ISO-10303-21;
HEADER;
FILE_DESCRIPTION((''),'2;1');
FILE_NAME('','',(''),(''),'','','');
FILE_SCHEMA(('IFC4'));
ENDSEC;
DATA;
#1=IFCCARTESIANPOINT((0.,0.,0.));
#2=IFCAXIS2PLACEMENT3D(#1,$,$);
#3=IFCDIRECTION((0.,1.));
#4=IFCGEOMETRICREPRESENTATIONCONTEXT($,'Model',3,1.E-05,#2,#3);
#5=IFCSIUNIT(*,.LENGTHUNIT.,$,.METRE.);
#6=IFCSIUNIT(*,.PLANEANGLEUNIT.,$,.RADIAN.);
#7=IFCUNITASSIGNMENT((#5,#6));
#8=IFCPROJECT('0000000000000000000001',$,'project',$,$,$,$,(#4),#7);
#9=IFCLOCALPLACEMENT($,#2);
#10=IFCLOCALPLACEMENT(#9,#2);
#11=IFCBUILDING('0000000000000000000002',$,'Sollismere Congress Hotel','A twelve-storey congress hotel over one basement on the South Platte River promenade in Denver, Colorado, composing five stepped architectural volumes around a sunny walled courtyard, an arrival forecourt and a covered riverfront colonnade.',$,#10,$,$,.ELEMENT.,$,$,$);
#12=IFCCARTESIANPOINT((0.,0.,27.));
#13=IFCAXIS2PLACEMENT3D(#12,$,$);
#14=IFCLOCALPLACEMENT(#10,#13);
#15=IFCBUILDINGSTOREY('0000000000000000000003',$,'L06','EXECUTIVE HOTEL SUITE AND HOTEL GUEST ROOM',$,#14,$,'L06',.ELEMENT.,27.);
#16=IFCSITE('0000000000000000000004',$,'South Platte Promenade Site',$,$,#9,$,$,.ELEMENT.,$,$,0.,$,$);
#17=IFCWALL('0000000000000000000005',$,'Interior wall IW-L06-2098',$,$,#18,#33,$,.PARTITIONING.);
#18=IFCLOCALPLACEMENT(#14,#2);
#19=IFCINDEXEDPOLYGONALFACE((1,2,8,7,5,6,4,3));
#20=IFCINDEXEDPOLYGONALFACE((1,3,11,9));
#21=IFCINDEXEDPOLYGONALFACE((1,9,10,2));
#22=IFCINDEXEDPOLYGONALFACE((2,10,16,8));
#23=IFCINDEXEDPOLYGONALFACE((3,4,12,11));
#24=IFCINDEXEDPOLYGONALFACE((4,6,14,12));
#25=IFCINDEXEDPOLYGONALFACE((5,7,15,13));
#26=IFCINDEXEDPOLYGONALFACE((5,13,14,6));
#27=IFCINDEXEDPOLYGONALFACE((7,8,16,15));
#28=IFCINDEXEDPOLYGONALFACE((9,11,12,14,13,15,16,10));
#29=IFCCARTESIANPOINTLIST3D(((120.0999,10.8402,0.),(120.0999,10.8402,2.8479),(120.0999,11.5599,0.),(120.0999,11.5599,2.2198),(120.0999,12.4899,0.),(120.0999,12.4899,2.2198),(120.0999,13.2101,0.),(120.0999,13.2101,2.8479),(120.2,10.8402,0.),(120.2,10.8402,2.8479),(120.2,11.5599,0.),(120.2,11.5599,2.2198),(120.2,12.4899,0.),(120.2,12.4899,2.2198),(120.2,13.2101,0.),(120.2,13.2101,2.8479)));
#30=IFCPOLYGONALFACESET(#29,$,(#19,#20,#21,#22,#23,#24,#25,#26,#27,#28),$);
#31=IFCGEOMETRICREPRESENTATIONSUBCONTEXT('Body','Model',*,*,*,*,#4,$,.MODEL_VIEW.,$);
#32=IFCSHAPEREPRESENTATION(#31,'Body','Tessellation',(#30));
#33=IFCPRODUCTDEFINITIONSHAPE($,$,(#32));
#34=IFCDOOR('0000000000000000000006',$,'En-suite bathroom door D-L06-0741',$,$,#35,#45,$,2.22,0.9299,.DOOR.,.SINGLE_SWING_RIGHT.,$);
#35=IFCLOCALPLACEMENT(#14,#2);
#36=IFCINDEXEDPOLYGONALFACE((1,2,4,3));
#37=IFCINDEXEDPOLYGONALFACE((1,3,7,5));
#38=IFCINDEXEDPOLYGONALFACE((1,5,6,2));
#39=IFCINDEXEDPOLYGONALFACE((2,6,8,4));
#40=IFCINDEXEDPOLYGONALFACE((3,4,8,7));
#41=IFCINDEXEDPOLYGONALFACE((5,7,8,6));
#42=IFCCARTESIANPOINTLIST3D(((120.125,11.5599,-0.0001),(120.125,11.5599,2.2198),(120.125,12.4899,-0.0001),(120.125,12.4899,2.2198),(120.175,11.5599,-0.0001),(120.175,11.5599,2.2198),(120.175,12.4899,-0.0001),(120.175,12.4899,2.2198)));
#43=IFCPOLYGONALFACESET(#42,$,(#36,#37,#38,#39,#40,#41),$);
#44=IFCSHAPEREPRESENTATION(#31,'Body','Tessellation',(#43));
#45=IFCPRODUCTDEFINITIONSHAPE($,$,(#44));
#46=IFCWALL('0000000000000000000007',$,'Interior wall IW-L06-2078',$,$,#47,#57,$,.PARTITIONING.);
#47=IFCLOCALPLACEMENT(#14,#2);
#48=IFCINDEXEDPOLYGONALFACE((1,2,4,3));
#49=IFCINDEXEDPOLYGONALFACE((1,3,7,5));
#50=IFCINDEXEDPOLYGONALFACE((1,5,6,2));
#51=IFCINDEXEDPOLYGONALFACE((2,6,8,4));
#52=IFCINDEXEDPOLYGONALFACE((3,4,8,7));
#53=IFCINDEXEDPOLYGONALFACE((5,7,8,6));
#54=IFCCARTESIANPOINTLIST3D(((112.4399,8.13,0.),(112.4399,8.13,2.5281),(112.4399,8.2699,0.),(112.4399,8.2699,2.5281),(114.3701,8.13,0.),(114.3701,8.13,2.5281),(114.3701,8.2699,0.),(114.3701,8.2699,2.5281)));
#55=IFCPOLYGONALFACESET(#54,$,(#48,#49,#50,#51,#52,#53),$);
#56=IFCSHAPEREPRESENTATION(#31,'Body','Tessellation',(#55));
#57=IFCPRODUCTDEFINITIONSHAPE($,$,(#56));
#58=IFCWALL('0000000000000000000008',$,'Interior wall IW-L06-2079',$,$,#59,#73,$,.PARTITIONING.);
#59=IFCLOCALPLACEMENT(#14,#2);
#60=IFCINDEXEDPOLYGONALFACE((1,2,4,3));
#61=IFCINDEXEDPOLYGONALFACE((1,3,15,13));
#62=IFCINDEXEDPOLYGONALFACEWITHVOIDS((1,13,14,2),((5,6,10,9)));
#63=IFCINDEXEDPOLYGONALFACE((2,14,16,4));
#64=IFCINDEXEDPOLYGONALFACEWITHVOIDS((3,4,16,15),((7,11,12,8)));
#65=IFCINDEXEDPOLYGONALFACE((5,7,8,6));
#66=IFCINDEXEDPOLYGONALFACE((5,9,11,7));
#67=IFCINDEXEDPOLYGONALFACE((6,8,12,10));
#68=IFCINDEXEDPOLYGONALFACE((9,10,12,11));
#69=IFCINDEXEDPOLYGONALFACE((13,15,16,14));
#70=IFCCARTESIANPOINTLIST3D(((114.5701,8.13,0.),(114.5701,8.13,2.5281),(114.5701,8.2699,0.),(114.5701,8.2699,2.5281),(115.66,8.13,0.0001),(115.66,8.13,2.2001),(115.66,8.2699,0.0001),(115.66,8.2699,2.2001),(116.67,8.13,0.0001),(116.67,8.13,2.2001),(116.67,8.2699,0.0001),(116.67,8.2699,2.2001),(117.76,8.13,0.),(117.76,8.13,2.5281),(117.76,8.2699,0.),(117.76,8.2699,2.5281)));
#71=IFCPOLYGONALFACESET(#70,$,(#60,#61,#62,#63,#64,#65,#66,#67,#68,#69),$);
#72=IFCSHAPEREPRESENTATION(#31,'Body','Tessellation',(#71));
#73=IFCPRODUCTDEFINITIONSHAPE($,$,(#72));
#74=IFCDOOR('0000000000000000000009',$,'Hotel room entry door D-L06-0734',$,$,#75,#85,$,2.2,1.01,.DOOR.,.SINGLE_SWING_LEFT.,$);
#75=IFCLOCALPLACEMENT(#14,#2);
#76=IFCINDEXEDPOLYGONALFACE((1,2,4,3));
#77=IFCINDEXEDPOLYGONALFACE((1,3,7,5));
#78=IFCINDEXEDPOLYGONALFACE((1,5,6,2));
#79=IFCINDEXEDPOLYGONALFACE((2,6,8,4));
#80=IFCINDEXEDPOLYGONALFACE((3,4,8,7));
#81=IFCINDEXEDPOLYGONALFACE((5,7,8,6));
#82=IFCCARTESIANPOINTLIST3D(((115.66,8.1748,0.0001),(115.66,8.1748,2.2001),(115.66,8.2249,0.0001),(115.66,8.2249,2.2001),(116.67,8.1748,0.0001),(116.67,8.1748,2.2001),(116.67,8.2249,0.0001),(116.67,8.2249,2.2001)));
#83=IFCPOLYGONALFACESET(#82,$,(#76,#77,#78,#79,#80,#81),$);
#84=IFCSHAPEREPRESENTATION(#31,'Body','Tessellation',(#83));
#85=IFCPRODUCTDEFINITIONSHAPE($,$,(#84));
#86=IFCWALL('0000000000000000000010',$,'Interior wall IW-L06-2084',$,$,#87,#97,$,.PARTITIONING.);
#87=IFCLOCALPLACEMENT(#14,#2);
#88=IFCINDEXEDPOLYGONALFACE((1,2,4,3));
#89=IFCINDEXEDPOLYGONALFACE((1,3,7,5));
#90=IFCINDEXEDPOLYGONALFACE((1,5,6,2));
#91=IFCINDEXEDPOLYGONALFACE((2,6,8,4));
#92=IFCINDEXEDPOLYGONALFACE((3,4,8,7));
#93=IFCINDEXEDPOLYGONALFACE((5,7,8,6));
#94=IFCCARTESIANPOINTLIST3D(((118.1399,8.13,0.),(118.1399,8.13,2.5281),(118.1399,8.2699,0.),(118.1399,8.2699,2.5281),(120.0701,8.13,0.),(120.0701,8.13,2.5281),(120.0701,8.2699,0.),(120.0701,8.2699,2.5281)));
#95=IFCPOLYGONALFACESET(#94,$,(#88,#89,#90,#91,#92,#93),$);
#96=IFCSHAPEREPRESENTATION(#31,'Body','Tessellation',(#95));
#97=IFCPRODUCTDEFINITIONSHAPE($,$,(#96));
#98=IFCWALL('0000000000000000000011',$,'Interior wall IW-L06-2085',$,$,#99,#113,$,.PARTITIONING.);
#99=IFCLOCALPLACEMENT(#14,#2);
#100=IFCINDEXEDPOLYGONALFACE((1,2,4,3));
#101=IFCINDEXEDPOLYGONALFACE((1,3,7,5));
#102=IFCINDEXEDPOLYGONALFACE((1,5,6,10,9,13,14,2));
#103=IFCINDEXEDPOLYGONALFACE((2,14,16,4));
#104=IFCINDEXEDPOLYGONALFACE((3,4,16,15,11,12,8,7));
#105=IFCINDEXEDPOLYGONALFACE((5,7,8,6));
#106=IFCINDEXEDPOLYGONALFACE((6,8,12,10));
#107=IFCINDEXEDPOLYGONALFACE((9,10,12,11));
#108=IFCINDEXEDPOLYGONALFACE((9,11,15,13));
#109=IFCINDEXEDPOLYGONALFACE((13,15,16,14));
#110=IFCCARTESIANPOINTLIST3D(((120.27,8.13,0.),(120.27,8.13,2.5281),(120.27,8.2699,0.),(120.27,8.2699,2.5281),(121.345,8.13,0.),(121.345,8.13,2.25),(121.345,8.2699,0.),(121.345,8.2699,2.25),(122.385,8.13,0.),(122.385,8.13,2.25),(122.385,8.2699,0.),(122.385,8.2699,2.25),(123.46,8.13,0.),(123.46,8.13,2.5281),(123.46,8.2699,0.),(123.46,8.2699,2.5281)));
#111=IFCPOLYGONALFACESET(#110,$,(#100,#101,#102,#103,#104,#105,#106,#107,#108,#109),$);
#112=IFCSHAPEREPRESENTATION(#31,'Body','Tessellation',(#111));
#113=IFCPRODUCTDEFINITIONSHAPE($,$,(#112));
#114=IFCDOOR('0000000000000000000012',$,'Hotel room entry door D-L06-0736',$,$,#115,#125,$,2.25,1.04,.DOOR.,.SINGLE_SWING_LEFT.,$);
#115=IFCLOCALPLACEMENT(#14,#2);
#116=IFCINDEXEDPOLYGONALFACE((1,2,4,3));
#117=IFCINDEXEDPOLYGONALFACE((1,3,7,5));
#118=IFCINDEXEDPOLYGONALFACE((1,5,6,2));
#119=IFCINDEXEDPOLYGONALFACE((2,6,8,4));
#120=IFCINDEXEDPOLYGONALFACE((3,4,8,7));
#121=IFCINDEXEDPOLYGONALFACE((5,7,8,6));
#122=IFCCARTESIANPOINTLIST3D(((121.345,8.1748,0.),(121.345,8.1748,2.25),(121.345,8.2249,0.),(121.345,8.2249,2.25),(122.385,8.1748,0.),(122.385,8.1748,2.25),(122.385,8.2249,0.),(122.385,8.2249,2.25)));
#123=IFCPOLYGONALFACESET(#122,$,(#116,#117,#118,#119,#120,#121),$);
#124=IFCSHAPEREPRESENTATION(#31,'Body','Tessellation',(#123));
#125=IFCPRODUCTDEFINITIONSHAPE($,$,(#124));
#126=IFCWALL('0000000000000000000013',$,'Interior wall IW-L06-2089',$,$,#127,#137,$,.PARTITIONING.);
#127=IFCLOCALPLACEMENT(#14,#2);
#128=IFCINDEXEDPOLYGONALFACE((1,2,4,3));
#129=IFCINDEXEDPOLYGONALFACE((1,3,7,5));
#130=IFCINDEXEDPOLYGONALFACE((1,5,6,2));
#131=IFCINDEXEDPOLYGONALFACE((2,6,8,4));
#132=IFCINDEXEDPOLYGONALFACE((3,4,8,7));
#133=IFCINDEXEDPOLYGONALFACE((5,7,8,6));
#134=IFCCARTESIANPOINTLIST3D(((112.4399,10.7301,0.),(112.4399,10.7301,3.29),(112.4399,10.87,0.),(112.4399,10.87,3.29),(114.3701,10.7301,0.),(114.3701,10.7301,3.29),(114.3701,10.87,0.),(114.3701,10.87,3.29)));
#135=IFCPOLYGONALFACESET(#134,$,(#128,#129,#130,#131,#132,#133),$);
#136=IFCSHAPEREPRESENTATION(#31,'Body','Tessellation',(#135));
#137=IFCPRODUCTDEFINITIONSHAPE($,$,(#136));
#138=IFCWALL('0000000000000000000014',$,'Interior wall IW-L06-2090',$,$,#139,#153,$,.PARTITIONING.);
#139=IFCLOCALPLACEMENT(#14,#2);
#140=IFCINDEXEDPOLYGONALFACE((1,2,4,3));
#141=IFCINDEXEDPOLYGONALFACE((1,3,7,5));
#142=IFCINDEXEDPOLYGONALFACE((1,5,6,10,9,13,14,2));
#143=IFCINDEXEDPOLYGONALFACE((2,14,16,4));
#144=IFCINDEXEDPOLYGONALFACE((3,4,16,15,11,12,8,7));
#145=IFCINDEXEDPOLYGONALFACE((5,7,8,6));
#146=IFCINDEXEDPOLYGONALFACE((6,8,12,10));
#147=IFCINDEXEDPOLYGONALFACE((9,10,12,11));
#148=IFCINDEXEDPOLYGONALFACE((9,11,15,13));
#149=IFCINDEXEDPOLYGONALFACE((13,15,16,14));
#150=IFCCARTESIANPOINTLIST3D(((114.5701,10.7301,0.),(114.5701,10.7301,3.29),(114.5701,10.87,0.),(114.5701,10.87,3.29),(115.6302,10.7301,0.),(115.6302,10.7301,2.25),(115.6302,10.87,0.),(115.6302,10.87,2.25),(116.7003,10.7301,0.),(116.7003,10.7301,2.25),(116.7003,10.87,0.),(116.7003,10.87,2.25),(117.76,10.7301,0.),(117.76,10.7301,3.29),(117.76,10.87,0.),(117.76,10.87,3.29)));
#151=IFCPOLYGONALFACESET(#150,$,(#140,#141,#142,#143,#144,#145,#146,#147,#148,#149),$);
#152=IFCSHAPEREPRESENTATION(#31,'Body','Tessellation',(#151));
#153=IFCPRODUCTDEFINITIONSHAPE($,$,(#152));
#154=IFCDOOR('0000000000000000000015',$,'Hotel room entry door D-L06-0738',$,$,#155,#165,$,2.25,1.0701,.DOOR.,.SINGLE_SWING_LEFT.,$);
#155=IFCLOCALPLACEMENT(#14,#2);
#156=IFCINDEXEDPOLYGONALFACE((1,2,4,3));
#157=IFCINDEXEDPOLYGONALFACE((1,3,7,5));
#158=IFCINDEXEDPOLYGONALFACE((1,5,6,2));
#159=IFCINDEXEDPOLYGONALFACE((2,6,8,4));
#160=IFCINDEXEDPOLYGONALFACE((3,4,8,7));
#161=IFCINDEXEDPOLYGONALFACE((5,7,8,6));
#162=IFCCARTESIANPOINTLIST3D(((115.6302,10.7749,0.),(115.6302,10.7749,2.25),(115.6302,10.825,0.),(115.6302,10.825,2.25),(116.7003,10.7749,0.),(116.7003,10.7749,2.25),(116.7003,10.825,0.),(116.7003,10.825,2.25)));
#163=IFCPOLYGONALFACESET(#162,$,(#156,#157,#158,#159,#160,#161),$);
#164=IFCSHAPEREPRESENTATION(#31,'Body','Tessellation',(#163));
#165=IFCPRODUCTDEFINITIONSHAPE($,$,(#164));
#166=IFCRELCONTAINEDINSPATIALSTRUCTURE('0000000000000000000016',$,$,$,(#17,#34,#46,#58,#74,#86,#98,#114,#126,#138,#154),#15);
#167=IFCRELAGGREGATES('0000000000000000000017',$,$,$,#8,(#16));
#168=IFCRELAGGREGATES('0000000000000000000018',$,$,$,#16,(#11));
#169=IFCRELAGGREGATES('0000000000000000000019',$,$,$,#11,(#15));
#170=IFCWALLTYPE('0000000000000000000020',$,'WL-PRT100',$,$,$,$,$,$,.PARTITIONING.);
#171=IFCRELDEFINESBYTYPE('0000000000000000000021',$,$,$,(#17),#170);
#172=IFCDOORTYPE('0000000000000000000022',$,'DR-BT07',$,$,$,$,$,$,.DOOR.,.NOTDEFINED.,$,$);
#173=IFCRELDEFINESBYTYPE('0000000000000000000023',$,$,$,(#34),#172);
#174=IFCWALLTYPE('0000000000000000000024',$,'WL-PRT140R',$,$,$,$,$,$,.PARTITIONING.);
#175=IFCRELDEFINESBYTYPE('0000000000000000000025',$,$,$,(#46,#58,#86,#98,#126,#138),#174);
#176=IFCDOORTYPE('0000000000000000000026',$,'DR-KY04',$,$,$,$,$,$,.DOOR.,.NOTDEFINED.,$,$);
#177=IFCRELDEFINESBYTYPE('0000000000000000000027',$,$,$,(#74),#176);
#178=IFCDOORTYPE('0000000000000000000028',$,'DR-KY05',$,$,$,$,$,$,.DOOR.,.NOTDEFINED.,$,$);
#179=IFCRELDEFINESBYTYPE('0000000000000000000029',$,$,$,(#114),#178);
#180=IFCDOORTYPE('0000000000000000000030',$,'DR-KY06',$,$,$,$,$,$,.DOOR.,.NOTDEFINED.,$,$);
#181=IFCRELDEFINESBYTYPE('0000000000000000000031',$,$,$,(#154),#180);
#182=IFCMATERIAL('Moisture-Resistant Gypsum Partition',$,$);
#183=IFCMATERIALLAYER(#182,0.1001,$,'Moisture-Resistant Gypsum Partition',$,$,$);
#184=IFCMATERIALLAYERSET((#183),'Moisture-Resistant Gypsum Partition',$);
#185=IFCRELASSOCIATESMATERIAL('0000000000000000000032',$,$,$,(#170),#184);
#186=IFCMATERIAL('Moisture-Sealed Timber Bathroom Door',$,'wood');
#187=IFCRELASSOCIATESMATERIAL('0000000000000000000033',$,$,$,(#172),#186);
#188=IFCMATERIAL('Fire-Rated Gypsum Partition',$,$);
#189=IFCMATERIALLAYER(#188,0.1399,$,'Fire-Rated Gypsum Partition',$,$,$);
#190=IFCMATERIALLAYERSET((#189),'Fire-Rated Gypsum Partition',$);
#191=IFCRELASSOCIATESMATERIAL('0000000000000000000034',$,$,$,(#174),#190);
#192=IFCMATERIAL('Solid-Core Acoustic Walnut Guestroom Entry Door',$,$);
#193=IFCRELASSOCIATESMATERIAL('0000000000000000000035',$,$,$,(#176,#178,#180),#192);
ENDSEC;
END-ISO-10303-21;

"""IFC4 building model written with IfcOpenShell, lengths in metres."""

from ifc_helpers import new_model, si_unit, direction, frame, frame_2d, origin, place, context, subcontext, project, spatial, rectangle, extrude, material, layer, layer_set, type_object, element, fill, save


model = new_model("IFC4")

# Units and contexts
model_context = context("Model", 3, precision=1e-05, world=origin(), true_north=direction((0.0, 1.0)))
body_context = subcontext(model_context, "Body", "Model", "MODEL_VIEW")
ifc_project = project(units=[si_unit("LENGTHUNIT", "METRE"), si_unit("PLANEANGLEUNIT", "RADIAN")], contexts=[model_context])

# Site, building, storey
site_placement = place(None, origin())
site = spatial("IfcSite", under=ifc_project, at=site_placement, Name="South Platte Promenade Site", CompositionType="ELEMENT", RefElevation=0.0)
building_placement = place(site_placement, origin())
building = spatial("IfcBuilding", under=site, at=building_placement, Name="Sollismere Congress Hotel", Description="A twelve-storey congress hotel over one basement on the South Platte River promenade in Denver, Colorado, composing five stepped architectural volumes around a sunny walled courtyard, an arrival forecourt and a covered riverfront colonnade.", CompositionType="ELEMENT")
storey_placement = place(building_placement, frame((0.0, 0.0, 27.0)))
storey = spatial("IfcBuildingStorey", under=building, at=storey_placement, Name="L06", Description="EXECUTIVE HOTEL SUITE AND HOTEL GUEST ROOM", LongName="L06", CompositionType="ELEMENT", Elevation=27.0)

# Wall, opening, door
ifc_material_1 = material(Name="Moisture-Resistant Gypsum Partition")
ifc_layer_1 = layer(ifc_material_1, 0.1001, Name="Moisture-Resistant Gypsum Partition")
ifc_layer_set_1 = layer_set([ifc_layer_1], Name="Moisture-Resistant Gypsum Partition")
wall_type_1 = type_object("IfcWallType", Name="WL-PRT100", PredefinedType="PARTITIONING", material=ifc_layer_set_1)
ifc_material_2 = material(Name="Moisture-Sealed Timber Bathroom Door", Category="wood")
wall_1_placement = place(storey_placement, frame((120.1499, 10.8401, 0.0), z_axis=(0.0, 0.0, 1.0), x_axis=(0.0, 1.0, 0.0)))
wall_1 = element("IfcWall", 1, at=wall_1_placement, inside=storey, type_object=wall_type_1, Name="Interior wall IW-L06-2098", PredefinedType="PARTITIONING", context=body_context, shape_type="SweptSolid", body=[
    extrude(rectangle(XDim=2.3699, YDim=0.1001, at=frame_2d((1.1851, 0.0))), origin(), (0.0, 0.0, 1.0), 2.8479),
])
opening_1_placement = place(wall_1_placement, frame((0.72, 0.0, 0.0)))
opening_1 = element("IfcOpeningElement", 2, at=opening_1_placement, cuts=wall_1, PredefinedType="OPENING", context=body_context, shape_type="SweptSolid", body=[
    extrude(rectangle(XDim=0.9299, YDim=2.22, at=frame_2d((0.4648, 1.1099))), frame((0.0, 0.0601, 0.0), z_axis=(0.0, -1.0, 0.0), x_axis=(1.0, 0.0, 0.0)), (0.0, 0.0, 1.0), 0.1201),
])
door_type_1 = type_object("IfcDoorType", Name="DR-BT07", OperationType="NOTDEFINED", PredefinedType="DOOR", material=ifc_material_2)
door_1_placement = place(opening_1_placement, origin())
door_1 = element("IfcDoor", 3, at=door_1_placement, inside=storey, type_object=door_type_1, Name="En-suite bathroom door D-L06-0741", OperationType="SINGLE_SWING_RIGHT", OverallHeight=2.22, OverallWidth=0.9299, PredefinedType="DOOR", context=body_context, shape_type="SweptSolid", body=[
    extrude(rectangle(XDim=0.9299, YDim=2.22, at=frame_2d((0.4648, 1.1099))), frame((0.0, 0.0249, 0.0), z_axis=(0.0, -1.0, 0.0), x_axis=(1.0, 0.0, 0.0)), (0.0, 0.0, 1.0), 0.05),
])
fill(opening_1, door_1)

# Wall
ifc_material_3 = material(Name="Fire-Rated Gypsum Partition")
ifc_layer_2 = layer(ifc_material_3, 0.1399, Name="Fire-Rated Gypsum Partition")
ifc_layer_set_2 = layer_set([ifc_layer_2], Name="Fire-Rated Gypsum Partition")
wall_type_2 = type_object("IfcWallType", Name="WL-PRT140R", PredefinedType="PARTITIONING", material=ifc_layer_set_2)
wall_2_placement = place(storey_placement, frame((112.4399, 8.2, 0.0), z_axis=(0.0, 0.0, 1.0), x_axis=(1.0, 0.0, 0.0)))
element("IfcWall", 4, at=wall_2_placement, inside=storey, type_object=wall_type_2, Name="Interior wall IW-L06-2078", PredefinedType="PARTITIONING", context=body_context, shape_type="SweptSolid", body=[
    extrude(rectangle(XDim=1.9302, YDim=0.1399, at=frame_2d((0.9651, 0.0))), origin(), (0.0, 0.0, 1.0), 2.5281),
])

# Wall, opening, door
wall_3_placement = place(storey_placement, frame((114.5701, 8.2, 0.0), z_axis=(0.0, 0.0, 1.0), x_axis=(1.0, 0.0, 0.0)))
wall_3 = element("IfcWall", 5, at=wall_3_placement, inside=storey, type_object=wall_type_2, Name="Interior wall IW-L06-2079", PredefinedType="PARTITIONING", context=body_context, shape_type="SweptSolid", body=[
    extrude(rectangle(XDim=3.1899, YDim=0.1399, at=frame_2d((1.595, 0.0))), origin(), (0.0, 0.0, 1.0), 2.5281),
])
opening_2_placement = place(wall_3_placement, frame((1.0901, 0.0, 0.0)))
opening_2 = element("IfcOpeningElement", 6, at=opening_2_placement, cuts=wall_3, PredefinedType="OPENING", context=body_context, shape_type="SweptSolid", body=[
    extrude(rectangle(XDim=1.01, YDim=2.2, at=frame_2d((0.5049, 1.1001))), frame((0.0, 0.0798, 0.0), z_axis=(0.0, -1.0, 0.0), x_axis=(1.0, 0.0, 0.0)), (0.0, 0.0, 1.0), 0.1599),
])
ifc_material_4 = material(Name="Solid-Core Acoustic Walnut Guestroom Entry Door")
door_type_2 = type_object("IfcDoorType", Name="DR-KY04", OperationType="NOTDEFINED", PredefinedType="DOOR", material=ifc_material_4)
door_2_placement = place(opening_2_placement, origin())
door_2 = element("IfcDoor", 7, at=door_2_placement, inside=storey, type_object=door_type_2, Name="Hotel room entry door D-L06-0734", OperationType="SINGLE_SWING_LEFT", OverallHeight=2.2, OverallWidth=1.01, PredefinedType="DOOR", context=body_context, shape_type="SweptSolid", body=[
    extrude(rectangle(XDim=1.01, YDim=2.2, at=frame_2d((0.5049, 1.1001))), frame((0.0, 0.0249, 0.0), z_axis=(0.0, -1.0, 0.0), x_axis=(1.0, 0.0, 0.0)), (0.0, 0.0, 1.0), 0.05),
])
fill(opening_2, door_2)

# Wall
wall_4_placement = place(storey_placement, frame((118.1399, 8.2, 0.0), z_axis=(0.0, 0.0, 1.0), x_axis=(1.0, 0.0, 0.0)))
element("IfcWall", 8, at=wall_4_placement, inside=storey, type_object=wall_type_2, Name="Interior wall IW-L06-2084", PredefinedType="PARTITIONING", context=body_context, shape_type="SweptSolid", body=[
    extrude(rectangle(XDim=1.9302, YDim=0.1399, at=frame_2d((0.9651, 0.0))), origin(), (0.0, 0.0, 1.0), 2.5281),
])

# Wall, opening, door
wall_5_placement = place(storey_placement, frame((120.27, 8.2, 0.0), z_axis=(0.0, 0.0, 1.0), x_axis=(1.0, 0.0, 0.0)))
wall_5 = element("IfcWall", 9, at=wall_5_placement, inside=storey, type_object=wall_type_2, Name="Interior wall IW-L06-2085", PredefinedType="PARTITIONING", context=body_context, shape_type="SweptSolid", body=[
    extrude(rectangle(XDim=3.1899, YDim=0.1399, at=frame_2d((1.595, 0.0))), origin(), (0.0, 0.0, 1.0), 2.5281),
])
opening_3_placement = place(wall_5_placement, frame((1.075, 0.0, 0.0)))
opening_3 = element("IfcOpeningElement", 10, at=opening_3_placement, cuts=wall_5, PredefinedType="OPENING", context=body_context, shape_type="SweptSolid", body=[
    extrude(rectangle(XDim=1.04, YDim=2.25, at=frame_2d((0.52, 1.125))), frame((0.0, 0.0798, 0.0), z_axis=(0.0, -1.0, 0.0), x_axis=(1.0, 0.0, 0.0)), (0.0, 0.0, 1.0), 0.1599),
])
door_type_3 = type_object("IfcDoorType", Name="DR-KY05", OperationType="NOTDEFINED", PredefinedType="DOOR", material=ifc_material_4)
door_3_placement = place(opening_3_placement, origin())
door_3 = element("IfcDoor", 11, at=door_3_placement, inside=storey, type_object=door_type_3, Name="Hotel room entry door D-L06-0736", OperationType="SINGLE_SWING_LEFT", OverallHeight=2.25, OverallWidth=1.04, PredefinedType="DOOR", context=body_context, shape_type="SweptSolid", body=[
    extrude(rectangle(XDim=1.04, YDim=2.25, at=frame_2d((0.52, 1.125))), frame((0.0, 0.0249, 0.0), z_axis=(0.0, -1.0, 0.0), x_axis=(1.0, 0.0, 0.0)), (0.0, 0.0, 1.0), 0.05),
])
fill(opening_3, door_3)

# Wall
wall_6_placement = place(storey_placement, frame((112.4399, 10.8, 0.0), z_axis=(0.0, 0.0, 1.0), x_axis=(1.0, 0.0, 0.0)))
element("IfcWall", 12, at=wall_6_placement, inside=storey, type_object=wall_type_2, Name="Interior wall IW-L06-2089", PredefinedType="PARTITIONING", context=body_context, shape_type="SweptSolid", body=[
    extrude(rectangle(XDim=1.9302, YDim=0.1399, at=frame_2d((0.9651, 0.0))), origin(), (0.0, 0.0, 1.0), 3.29),
])

# Wall, opening, door
wall_7_placement = place(storey_placement, frame((114.5701, 10.8, 0.0), z_axis=(0.0, 0.0, 1.0), x_axis=(1.0, 0.0, 0.0)))
wall_7 = element("IfcWall", 13, at=wall_7_placement, inside=storey, type_object=wall_type_2, Name="Interior wall IW-L06-2090", PredefinedType="PARTITIONING", context=body_context, shape_type="SweptSolid", body=[
    extrude(rectangle(XDim=3.1899, YDim=0.1399, at=frame_2d((1.595, 0.0))), origin(), (0.0, 0.0, 1.0), 3.29),
])
opening_4_placement = place(wall_7_placement, frame((1.0601, 0.0, 0.0)))
opening_4 = element("IfcOpeningElement", 14, at=opening_4_placement, cuts=wall_7, PredefinedType="OPENING", context=body_context, shape_type="SweptSolid", body=[
    extrude(rectangle(XDim=1.0701, YDim=2.25, at=frame_2d((0.5352, 1.125))), frame((0.0, 0.0798, 0.0), z_axis=(0.0, -1.0, 0.0), x_axis=(1.0, 0.0, 0.0)), (0.0, 0.0, 1.0), 0.1599),
])
door_type_4 = type_object("IfcDoorType", Name="DR-KY06", OperationType="NOTDEFINED", PredefinedType="DOOR", material=ifc_material_4)
door_4_placement = place(opening_4_placement, origin())
door_4 = element("IfcDoor", 15, at=door_4_placement, inside=storey, type_object=door_type_4, Name="Hotel room entry door D-L06-0738", OperationType="SINGLE_SWING_LEFT", OverallHeight=2.25, OverallWidth=1.0701, PredefinedType="DOOR", context=body_context, shape_type="SweptSolid", body=[
    extrude(rectangle(XDim=1.0701, YDim=2.25, at=frame_2d((0.5352, 1.125))), frame((0.0, 0.0249, 0.0), z_axis=(0.0, -1.0, 0.0), x_axis=(1.0, 0.0, 0.0)), (0.0, 0.0, 1.0), 0.05),
])
fill(opening_4, door_4)

save(model, "model.ifc")
